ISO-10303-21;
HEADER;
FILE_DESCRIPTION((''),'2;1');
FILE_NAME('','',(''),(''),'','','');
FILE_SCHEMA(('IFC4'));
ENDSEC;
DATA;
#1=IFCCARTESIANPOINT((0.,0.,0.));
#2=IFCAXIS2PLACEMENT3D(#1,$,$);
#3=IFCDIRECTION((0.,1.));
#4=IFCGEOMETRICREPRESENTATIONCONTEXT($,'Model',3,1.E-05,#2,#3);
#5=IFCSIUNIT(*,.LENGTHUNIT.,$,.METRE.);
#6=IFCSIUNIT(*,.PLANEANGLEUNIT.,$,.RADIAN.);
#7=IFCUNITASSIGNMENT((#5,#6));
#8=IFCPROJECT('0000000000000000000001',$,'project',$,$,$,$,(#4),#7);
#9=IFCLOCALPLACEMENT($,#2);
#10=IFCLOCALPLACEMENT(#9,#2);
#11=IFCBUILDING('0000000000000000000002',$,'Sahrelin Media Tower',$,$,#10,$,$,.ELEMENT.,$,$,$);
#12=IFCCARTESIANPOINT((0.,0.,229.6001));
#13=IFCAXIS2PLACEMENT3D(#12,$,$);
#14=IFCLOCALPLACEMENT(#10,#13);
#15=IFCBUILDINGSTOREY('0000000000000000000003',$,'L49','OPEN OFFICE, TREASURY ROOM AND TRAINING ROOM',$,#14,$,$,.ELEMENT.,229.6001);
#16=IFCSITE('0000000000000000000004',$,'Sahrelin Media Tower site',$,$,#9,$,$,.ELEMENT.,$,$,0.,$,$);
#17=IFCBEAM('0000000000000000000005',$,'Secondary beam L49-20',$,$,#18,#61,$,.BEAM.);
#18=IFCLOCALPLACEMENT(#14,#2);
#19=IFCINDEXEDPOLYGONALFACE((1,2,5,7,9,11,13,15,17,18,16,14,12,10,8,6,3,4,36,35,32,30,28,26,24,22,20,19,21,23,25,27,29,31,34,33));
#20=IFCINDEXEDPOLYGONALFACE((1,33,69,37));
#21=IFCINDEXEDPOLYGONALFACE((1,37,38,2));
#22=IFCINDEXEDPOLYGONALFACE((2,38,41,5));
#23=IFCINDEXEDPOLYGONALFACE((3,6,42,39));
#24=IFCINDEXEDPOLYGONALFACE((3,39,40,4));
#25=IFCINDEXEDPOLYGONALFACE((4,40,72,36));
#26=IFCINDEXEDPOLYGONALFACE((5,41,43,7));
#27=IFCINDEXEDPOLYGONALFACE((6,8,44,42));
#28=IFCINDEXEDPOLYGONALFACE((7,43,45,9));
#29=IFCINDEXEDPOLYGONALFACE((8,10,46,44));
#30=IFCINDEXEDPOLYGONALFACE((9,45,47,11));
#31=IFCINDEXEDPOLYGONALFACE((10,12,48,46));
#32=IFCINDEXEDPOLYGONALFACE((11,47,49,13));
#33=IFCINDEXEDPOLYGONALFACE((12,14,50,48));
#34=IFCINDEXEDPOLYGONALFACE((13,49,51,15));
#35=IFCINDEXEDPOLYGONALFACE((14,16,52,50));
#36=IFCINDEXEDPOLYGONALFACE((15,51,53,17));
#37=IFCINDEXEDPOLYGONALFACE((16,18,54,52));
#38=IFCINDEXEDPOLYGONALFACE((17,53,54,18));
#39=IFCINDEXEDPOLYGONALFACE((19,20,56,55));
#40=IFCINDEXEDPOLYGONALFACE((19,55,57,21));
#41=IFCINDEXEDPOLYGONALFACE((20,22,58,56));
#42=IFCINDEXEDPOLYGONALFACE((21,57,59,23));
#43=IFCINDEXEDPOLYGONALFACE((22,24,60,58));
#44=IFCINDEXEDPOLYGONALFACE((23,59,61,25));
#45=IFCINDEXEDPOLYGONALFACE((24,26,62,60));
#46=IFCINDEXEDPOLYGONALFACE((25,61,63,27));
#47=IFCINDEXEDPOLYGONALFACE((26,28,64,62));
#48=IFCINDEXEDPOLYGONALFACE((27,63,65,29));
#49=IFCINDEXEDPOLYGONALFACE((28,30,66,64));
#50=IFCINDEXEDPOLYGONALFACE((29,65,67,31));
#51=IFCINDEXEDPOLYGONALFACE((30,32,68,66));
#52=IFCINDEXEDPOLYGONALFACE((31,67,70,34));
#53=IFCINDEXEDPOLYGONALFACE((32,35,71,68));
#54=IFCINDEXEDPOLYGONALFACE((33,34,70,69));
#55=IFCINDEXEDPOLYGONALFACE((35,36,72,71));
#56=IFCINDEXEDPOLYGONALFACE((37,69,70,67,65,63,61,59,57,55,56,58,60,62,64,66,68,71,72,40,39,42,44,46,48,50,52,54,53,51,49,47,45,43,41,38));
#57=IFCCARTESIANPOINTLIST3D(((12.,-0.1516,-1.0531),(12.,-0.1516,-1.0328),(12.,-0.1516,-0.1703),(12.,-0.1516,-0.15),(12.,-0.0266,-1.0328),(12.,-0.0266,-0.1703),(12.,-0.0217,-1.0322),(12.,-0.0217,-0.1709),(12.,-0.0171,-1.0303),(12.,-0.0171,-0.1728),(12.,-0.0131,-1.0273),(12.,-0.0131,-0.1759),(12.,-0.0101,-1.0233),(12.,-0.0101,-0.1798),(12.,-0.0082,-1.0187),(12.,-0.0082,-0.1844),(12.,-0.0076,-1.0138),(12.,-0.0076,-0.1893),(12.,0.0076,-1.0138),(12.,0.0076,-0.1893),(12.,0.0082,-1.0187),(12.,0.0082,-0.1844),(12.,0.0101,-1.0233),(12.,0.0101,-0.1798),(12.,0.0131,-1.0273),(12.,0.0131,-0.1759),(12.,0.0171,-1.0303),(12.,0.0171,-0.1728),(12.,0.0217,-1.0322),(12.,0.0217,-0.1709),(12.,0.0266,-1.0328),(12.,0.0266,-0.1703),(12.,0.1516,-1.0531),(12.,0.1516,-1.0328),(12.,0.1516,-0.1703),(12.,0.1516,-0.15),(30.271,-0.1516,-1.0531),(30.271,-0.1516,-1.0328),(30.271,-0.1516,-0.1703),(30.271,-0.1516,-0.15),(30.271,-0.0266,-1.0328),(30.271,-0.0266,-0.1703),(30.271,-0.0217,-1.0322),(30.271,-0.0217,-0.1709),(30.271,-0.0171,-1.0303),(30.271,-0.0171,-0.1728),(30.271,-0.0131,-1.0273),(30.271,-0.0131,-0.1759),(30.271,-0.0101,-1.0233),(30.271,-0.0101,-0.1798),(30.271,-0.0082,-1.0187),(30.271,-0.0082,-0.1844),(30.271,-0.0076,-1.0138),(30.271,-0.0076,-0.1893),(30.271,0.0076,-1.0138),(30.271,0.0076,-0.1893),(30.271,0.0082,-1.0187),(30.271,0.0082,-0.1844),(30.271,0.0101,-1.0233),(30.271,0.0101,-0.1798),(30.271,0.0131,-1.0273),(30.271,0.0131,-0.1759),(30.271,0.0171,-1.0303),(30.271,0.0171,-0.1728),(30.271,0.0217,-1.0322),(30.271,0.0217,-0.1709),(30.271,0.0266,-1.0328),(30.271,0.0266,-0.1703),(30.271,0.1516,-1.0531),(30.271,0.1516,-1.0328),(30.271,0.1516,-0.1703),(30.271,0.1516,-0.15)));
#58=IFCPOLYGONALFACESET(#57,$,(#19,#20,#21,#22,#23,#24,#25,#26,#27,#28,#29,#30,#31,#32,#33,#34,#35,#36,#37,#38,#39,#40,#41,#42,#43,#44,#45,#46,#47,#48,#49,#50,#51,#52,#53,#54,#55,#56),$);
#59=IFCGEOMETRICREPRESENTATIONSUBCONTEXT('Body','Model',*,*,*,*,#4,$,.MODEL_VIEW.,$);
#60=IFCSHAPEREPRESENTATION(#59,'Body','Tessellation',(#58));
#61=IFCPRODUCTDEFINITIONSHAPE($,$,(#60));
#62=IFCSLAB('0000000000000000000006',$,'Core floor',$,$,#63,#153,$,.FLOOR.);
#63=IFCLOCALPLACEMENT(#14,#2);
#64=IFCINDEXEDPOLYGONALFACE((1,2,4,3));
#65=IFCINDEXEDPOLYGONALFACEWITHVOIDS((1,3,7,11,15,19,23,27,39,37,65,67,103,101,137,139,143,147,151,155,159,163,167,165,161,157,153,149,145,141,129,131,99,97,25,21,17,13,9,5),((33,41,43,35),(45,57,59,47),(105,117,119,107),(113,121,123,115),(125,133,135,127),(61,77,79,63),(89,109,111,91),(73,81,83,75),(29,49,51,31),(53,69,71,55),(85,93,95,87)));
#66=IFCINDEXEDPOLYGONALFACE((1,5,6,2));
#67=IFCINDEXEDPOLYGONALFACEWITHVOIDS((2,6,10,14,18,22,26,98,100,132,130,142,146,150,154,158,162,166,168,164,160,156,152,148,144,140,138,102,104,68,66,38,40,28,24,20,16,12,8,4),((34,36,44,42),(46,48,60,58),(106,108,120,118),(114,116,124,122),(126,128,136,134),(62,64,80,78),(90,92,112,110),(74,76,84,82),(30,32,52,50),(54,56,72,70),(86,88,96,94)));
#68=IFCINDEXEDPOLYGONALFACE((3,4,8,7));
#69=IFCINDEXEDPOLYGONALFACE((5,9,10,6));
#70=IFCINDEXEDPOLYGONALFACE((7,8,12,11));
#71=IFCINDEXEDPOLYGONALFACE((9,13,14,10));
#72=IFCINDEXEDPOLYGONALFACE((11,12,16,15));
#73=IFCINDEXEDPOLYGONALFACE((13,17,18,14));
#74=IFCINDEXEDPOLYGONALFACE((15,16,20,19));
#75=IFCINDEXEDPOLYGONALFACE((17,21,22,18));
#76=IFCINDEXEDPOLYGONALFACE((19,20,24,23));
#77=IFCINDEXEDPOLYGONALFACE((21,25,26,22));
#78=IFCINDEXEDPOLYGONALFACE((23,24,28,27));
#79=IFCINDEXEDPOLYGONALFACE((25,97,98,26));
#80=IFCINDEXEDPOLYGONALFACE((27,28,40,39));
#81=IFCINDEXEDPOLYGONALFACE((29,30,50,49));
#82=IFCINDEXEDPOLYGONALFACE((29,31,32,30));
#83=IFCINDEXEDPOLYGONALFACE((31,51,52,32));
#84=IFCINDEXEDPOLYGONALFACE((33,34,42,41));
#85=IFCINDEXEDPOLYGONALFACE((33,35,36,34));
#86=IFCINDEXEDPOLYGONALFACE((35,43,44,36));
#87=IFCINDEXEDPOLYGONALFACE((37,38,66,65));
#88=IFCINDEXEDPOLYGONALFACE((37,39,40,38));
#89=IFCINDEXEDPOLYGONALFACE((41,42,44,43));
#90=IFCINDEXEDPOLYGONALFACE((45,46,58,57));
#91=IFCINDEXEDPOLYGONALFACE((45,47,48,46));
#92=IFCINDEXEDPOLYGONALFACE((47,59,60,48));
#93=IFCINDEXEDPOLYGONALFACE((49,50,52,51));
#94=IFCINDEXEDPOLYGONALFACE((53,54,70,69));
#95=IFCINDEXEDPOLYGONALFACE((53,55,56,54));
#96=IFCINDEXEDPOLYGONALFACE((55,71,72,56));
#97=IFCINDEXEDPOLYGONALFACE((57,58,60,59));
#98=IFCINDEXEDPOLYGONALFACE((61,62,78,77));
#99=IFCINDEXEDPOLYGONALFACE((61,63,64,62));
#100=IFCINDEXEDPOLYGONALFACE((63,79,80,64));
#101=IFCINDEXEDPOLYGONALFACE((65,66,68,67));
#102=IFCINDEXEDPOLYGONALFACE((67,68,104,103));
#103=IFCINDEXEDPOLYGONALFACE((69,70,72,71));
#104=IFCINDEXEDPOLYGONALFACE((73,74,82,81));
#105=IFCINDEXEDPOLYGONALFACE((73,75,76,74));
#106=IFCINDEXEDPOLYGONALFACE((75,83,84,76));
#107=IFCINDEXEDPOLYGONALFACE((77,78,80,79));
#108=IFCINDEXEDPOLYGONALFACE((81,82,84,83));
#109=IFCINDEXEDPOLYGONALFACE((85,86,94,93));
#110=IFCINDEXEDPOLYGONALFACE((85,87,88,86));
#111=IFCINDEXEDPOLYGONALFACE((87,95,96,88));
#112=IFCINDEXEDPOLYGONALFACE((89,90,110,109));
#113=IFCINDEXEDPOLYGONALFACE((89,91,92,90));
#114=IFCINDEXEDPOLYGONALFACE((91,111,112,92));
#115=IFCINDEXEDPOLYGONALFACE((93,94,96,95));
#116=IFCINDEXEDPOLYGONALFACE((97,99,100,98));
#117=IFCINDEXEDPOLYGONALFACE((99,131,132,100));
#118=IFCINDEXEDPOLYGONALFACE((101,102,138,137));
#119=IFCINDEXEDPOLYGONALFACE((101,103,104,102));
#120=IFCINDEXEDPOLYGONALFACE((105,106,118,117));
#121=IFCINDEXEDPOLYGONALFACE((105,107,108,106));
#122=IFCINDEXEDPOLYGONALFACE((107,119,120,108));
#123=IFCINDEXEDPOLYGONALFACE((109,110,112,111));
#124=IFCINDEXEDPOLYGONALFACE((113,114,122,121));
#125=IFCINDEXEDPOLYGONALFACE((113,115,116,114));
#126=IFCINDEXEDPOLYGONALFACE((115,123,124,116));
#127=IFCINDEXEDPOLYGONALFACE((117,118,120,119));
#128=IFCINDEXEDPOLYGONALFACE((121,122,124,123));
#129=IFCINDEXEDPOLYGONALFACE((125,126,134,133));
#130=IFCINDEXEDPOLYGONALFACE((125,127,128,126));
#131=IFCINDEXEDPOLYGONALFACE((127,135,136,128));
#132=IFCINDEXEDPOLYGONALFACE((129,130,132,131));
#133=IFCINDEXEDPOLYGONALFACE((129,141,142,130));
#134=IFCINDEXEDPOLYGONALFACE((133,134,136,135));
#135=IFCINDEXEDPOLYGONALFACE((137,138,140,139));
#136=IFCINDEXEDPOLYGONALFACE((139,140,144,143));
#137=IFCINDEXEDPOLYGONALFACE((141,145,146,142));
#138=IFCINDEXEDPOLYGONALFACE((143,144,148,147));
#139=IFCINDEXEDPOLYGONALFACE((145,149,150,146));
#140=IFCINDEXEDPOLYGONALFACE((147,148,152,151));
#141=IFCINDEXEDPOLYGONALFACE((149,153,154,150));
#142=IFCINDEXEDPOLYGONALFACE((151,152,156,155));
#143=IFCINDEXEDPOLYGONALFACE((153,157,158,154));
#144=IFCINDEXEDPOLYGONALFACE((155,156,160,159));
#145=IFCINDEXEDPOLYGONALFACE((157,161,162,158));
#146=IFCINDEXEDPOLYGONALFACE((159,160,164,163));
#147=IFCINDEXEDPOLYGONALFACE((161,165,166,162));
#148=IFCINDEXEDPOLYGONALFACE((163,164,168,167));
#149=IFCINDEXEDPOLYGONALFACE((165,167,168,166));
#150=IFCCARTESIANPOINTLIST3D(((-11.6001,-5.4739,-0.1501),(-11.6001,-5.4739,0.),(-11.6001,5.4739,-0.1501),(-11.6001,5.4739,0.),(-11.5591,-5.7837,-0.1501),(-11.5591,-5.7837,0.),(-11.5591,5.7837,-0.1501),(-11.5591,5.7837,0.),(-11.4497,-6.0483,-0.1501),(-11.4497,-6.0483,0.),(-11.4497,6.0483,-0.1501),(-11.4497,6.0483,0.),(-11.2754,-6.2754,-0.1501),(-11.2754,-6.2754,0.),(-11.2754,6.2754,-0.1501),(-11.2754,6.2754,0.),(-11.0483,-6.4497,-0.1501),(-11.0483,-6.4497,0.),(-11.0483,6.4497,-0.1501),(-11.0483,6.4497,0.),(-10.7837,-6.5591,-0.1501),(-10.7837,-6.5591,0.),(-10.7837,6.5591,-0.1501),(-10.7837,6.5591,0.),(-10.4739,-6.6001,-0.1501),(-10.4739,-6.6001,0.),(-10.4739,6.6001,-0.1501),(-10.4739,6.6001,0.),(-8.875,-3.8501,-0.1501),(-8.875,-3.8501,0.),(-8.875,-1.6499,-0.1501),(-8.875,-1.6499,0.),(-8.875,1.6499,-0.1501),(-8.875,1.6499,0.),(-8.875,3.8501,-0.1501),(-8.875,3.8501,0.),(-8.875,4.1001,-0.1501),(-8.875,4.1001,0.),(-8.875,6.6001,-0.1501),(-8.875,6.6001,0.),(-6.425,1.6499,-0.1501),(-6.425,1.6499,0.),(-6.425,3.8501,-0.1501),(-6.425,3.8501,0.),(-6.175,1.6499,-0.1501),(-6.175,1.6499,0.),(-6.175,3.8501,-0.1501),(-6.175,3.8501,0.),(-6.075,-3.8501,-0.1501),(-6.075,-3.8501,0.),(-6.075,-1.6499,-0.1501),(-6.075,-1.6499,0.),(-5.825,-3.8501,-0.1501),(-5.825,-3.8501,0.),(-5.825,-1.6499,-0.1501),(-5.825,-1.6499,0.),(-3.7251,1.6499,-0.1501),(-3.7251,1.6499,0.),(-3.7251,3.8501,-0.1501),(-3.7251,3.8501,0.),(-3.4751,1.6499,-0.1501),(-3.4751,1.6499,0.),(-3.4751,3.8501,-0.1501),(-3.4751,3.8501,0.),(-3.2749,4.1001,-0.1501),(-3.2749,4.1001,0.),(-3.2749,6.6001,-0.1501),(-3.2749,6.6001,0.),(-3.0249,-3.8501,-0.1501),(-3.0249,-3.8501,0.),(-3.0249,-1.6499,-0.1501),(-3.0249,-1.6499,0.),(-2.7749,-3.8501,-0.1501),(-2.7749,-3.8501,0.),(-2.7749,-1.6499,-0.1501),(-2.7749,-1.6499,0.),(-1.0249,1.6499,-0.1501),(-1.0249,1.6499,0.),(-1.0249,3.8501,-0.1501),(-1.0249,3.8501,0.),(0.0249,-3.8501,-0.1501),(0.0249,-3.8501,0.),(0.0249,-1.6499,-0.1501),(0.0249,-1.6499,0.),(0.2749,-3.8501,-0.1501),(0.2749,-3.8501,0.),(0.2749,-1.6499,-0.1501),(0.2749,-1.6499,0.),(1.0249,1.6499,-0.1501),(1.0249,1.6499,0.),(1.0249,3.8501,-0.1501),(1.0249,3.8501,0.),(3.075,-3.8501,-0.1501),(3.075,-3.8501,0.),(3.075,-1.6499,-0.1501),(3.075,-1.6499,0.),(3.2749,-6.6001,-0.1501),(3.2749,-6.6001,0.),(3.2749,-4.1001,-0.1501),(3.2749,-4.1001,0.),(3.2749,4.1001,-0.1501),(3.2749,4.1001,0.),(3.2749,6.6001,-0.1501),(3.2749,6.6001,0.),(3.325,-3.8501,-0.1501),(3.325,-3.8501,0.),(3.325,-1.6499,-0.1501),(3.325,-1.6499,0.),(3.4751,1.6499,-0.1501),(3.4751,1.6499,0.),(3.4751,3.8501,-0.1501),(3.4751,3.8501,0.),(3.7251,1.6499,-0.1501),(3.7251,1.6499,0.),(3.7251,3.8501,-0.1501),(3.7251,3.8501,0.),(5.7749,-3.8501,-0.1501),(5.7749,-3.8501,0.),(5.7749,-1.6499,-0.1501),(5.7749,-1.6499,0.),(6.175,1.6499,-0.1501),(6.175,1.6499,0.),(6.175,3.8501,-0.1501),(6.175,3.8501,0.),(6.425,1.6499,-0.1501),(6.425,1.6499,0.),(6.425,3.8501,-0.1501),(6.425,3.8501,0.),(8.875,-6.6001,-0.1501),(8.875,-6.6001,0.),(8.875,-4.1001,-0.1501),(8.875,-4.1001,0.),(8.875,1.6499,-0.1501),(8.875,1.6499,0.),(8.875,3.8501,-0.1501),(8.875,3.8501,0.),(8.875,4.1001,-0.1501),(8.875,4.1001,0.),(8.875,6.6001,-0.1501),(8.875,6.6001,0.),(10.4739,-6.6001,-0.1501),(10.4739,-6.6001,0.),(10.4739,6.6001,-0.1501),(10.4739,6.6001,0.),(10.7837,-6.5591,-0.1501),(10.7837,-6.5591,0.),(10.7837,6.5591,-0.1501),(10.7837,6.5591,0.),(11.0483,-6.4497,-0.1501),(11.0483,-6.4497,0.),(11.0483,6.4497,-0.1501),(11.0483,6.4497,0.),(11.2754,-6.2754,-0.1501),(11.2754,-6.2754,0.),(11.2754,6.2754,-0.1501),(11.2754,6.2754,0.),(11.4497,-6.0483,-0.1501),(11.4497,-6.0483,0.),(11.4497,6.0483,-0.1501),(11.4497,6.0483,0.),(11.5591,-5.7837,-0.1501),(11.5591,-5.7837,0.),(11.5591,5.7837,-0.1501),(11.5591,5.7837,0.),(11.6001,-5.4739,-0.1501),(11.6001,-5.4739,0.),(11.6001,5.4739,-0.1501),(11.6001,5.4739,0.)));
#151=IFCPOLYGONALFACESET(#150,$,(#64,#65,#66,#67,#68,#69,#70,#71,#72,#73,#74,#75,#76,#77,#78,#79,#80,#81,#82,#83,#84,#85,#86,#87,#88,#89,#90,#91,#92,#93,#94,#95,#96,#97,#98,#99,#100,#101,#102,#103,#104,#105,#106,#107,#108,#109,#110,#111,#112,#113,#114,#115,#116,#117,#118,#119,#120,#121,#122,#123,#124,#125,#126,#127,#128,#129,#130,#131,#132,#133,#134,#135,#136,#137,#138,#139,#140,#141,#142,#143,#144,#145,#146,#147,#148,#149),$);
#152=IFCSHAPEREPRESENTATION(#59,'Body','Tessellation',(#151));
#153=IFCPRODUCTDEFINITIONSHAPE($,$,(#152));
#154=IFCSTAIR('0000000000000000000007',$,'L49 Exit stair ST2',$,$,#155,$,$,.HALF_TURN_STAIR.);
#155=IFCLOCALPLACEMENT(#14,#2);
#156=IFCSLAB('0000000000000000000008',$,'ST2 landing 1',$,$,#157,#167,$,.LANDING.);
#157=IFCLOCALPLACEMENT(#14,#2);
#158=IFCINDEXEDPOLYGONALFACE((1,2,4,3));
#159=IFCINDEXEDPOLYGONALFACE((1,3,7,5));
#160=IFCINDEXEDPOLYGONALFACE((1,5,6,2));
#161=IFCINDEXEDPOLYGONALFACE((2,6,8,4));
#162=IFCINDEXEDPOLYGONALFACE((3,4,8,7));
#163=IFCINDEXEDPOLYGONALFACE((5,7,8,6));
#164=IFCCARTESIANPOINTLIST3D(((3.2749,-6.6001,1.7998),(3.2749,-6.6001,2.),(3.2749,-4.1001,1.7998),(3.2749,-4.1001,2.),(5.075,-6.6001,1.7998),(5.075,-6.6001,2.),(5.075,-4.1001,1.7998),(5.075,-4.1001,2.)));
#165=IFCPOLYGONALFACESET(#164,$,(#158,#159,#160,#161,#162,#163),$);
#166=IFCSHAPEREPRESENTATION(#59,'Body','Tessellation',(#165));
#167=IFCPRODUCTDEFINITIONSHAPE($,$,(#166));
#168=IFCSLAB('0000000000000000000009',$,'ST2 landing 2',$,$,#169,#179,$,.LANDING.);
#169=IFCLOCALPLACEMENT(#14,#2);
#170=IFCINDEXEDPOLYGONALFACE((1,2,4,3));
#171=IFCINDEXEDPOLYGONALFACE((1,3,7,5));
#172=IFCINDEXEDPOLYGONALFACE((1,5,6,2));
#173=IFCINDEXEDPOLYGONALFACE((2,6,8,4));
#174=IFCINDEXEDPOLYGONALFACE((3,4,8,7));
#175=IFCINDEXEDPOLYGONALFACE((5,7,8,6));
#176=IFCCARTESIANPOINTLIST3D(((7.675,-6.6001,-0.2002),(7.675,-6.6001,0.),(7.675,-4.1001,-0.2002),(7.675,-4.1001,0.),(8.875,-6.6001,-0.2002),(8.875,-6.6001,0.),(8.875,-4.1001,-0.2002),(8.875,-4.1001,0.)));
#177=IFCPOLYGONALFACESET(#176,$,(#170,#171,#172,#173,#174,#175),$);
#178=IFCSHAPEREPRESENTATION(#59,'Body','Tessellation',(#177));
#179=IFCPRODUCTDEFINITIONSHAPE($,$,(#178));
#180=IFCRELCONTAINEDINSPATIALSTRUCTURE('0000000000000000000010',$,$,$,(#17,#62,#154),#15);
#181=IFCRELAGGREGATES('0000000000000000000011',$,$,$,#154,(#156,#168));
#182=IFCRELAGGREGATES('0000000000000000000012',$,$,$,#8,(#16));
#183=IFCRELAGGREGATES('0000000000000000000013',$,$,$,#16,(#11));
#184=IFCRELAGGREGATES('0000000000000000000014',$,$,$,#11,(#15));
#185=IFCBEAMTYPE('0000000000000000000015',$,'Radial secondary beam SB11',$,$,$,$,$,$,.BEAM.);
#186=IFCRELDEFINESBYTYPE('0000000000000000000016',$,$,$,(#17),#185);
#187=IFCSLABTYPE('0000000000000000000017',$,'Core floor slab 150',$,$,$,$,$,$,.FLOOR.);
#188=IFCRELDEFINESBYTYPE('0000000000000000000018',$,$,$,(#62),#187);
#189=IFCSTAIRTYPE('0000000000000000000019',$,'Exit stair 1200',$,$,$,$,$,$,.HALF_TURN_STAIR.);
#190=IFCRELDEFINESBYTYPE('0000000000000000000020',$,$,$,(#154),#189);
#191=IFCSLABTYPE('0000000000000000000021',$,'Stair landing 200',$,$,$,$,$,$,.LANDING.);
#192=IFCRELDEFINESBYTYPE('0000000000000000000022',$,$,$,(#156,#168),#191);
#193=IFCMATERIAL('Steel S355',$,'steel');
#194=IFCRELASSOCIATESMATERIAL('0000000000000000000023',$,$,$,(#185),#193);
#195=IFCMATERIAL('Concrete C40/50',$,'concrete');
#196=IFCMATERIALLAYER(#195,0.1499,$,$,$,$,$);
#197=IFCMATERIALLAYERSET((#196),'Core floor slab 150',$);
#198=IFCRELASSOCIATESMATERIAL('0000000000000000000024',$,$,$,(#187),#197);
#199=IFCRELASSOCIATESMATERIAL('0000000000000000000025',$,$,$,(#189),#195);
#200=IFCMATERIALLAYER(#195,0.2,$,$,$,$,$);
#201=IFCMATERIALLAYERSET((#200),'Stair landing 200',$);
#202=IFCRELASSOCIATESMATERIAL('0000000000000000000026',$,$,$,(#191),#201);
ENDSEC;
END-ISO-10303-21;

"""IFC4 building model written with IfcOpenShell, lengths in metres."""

from ifc_helpers import new_model, si_unit, direction, frame, origin, origin_2d, place, context, subcontext, project, spatial, polyline, i_section, outline, extrude, material, layer, layer_set, material_profile, profile_set, type_object, element, aggregate, save


model = new_model("IFC4")

# Units and contexts
model_context = context("Model", 3, precision=1e-05, world=origin(), true_north=direction((0.0, 1.0)))
body_context = subcontext(model_context, "Body", "Model", "MODEL_VIEW")
ifc_project = project(units=[si_unit("LENGTHUNIT", "METRE"), si_unit("PLANEANGLEUNIT", "RADIAN")], contexts=[model_context])

# Site, building, storey
site_placement = place(None, origin())
site = spatial("IfcSite", under=ifc_project, at=site_placement, Name="Sahrelin Media Tower site", CompositionType="ELEMENT", RefElevation=0.0)
building_placement = place(site_placement, origin())
building = spatial("IfcBuilding", under=site, at=building_placement, Name="Sahrelin Media Tower", CompositionType="ELEMENT")
storey_placement = place(building_placement, frame((0.0, 0.0, 229.6001)))
storey = spatial("IfcBuildingStorey", under=building, at=storey_placement, Name="L49", Description="OPEN OFFICE, TREASURY ROOM AND TRAINING ROOM", CompositionType="ELEMENT", Elevation=229.6001)

# Beam
ifc_material_1 = material(Name="Steel S355", Category="steel")
ifc_material_profile_1 = material_profile(ifc_material_1, i_section(OverallWidth=0.3032, OverallDepth=0.9031, WebThickness=0.0151, FlangeThickness=0.0203, FilletRadius=0.019, at=origin_2d()), Name="UB 914x305x201")
ifc_profile_set_1 = profile_set([ifc_material_profile_1], Name="Steel S355")
beam_type_1 = type_object("IfcBeamType", Name="Radial secondary beam SB11", PredefinedType="BEAM", material=ifc_profile_set_1)
beam_1_placement = place(storey_placement, frame((12.0, 0.0, -0.6016), z_axis=(1.0, 0.0, 0.0), x_axis=(0.0, 1.0, 0.0)))
element("IfcBeam", 1, at=beam_1_placement, inside=storey, type_object=beam_type_1, Name="Secondary beam L49-20", PredefinedType="BEAM", context=body_context, shape_type="SweptSolid", body=[
    extrude(i_section(OverallWidth=0.3032, OverallDepth=0.9031, WebThickness=0.0151, FlangeThickness=0.0203, FilletRadius=0.019, at=origin_2d()), origin(), (0.0, 0.0, 1.0), 18.271),
])

# Slab
ifc_material_2 = material(Name="Concrete C40/50", Category="concrete")
ifc_layer_1 = layer(ifc_material_2, 0.1499)
ifc_layer_set_1 = layer_set([ifc_layer_1], Name="Core floor slab 150")
slab_type_1 = type_object("IfcSlabType", Name="Core floor slab 150", PredefinedType="FLOOR", material=ifc_layer_set_1)
slab_1_placement = place(storey_placement, frame((0.0, 0.0, -0.1501)))
element("IfcSlab", 2, at=slab_1_placement, inside=storey, type_object=slab_type_1, Name="Core floor", PredefinedType="FLOOR", context=body_context, shape_type="SweptSolid", body=[
    extrude(outline(polyline([(-11.6001, -5.4739), (-11.5591, -5.7837), (-11.4497, -6.0483), (-11.2754, -6.2754), (-11.0483, -6.4497), (-10.7837, -6.5591), (-10.4739, -6.6001), (3.2749, -6.6001), (3.2749, -4.1001), (8.875, -4.1001), (8.875, -6.6001), (10.4739, -6.6001), (10.7837, -6.5591), (11.0483, -6.4497), (11.2754, -6.2754), (11.4497, -6.0483), (11.5591, -5.7837), (11.6001, -5.4739), (11.6001, 5.4739), (11.5591, 5.7837), (11.4497, 6.0483), (11.2754, 6.2754), (11.0483, 6.4497), (10.7837, 6.5591), (10.4739, 6.6001), (8.875, 6.6001), (8.875, 4.1001), (3.2749, 4.1001), (3.2749, 6.6001), (-3.2749, 6.6001), (-3.2749, 4.1001), (-8.875, 4.1001), (-8.875, 6.6001), (-10.4739, 6.6001), (-10.7837, 6.5591), (-11.0483, 6.4497), (-11.2754, 6.2754), (-11.4497, 6.0483), (-11.5591, 5.7837), (-11.6001, 5.4739), (-11.6001, -5.4739)]), holes=[polyline([(-8.875, 3.8501), (-8.875, 1.6499), (-6.425, 1.6499), (-6.425, 3.8501), (-8.875, 3.8501)]), polyline([(-3.7251, 3.8501), (-6.175, 3.8501), (-6.175, 1.6499), (-3.7251, 1.6499), (-3.7251, 3.8501)]), polyline([(-1.0249, 1.6499), (-1.0249, 3.8501), (-3.4751, 3.8501), (-3.4751, 1.6499), (-1.0249, 1.6499)]), polyline([(1.0249, 1.6499), (3.4751, 1.6499), (3.4751, 3.8501), (1.0249, 3.8501), (1.0249, 1.6499)]), polyline([(3.7251, 3.8501), (3.7251, 1.6499), (6.175, 1.6499), (6.175, 3.8501), (3.7251, 3.8501)]), polyline([(8.875, 3.8501), (6.425, 3.8501), (6.425, 1.6499), (8.875, 1.6499), (8.875, 3.8501)]), polyline([(-6.075, -3.8501), (-6.075, -1.6499), (-8.875, -1.6499), (-8.875, -3.8501), (-6.075, -3.8501)]), polyline([(-5.825, -3.8501), (-3.0249, -3.8501), (-3.0249, -1.6499), (-5.825, -1.6499), (-5.825, -3.8501)]), polyline([(-2.7749, -1.6499), (-2.7749, -3.8501), (0.0249, -3.8501), (0.0249, -1.6499), (-2.7749, -1.6499)]), polyline([(3.075, -1.6499), (0.2749, -1.6499), (0.2749, -3.8501), (3.075, -3.8501), (3.075, -1.6499)]), polyline([(5.7749, -3.8501), (5.7749, -1.6499), (3.325, -1.6499), (3.325, -3.8501), (5.7749, -3.8501)])]), origin(), (0.0, 0.0, 1.0), 0.1501),
])

# Stair, slabs
stair_type = type_object("IfcStairType", Name="Exit stair 1200", PredefinedType="HALF_TURN_STAIR", material=ifc_material_2)
stair_placement = place(storey_placement, origin())
stair = element("IfcStair", 3, at=stair_placement, inside=storey, type_object=stair_type, Name="L49 Exit stair ST2", PredefinedType="HALF_TURN_STAIR")
ifc_layer_2 = layer(ifc_material_2, 0.2)
ifc_layer_set_2 = layer_set([ifc_layer_2], Name="Stair landing 200")
slab_type_2 = type_object("IfcSlabType", Name="Stair landing 200", PredefinedType="LANDING", material=ifc_layer_set_2)
slab_2_placement = place(storey_placement, frame((0.0, 0.0, 1.7998)))
slab_2 = element("IfcSlab", 4, at=slab_2_placement, type_object=slab_type_2, Name="ST2 landing 1", PredefinedType="LANDING", context=body_context, shape_type="SweptSolid", body=[
    extrude(outline(polyline([(5.075, -4.1001), (3.2749, -4.1001), (3.2749, -6.6001), (5.075, -6.6001), (5.075, -4.1001)])), origin(), (0.0, 0.0, 1.0), 0.2002),
])
slab_3_placement = place(storey_placement, frame((0.0, 0.0, -0.2002)))
slab_3 = element("IfcSlab", 5, at=slab_3_placement, type_object=slab_type_2, Name="ST2 landing 2", PredefinedType="LANDING", context=body_context, shape_type="SweptSolid", body=[
    extrude(outline(polyline([(8.875, -4.1001), (7.675, -4.1001), (7.675, -6.6001), (8.875, -6.6001), (8.875, -4.1001)])), origin(), (0.0, 0.0, 1.0), 0.2002),
])
aggregate(stair, [slab_2, slab_3])

save(model, "model.ifc")
